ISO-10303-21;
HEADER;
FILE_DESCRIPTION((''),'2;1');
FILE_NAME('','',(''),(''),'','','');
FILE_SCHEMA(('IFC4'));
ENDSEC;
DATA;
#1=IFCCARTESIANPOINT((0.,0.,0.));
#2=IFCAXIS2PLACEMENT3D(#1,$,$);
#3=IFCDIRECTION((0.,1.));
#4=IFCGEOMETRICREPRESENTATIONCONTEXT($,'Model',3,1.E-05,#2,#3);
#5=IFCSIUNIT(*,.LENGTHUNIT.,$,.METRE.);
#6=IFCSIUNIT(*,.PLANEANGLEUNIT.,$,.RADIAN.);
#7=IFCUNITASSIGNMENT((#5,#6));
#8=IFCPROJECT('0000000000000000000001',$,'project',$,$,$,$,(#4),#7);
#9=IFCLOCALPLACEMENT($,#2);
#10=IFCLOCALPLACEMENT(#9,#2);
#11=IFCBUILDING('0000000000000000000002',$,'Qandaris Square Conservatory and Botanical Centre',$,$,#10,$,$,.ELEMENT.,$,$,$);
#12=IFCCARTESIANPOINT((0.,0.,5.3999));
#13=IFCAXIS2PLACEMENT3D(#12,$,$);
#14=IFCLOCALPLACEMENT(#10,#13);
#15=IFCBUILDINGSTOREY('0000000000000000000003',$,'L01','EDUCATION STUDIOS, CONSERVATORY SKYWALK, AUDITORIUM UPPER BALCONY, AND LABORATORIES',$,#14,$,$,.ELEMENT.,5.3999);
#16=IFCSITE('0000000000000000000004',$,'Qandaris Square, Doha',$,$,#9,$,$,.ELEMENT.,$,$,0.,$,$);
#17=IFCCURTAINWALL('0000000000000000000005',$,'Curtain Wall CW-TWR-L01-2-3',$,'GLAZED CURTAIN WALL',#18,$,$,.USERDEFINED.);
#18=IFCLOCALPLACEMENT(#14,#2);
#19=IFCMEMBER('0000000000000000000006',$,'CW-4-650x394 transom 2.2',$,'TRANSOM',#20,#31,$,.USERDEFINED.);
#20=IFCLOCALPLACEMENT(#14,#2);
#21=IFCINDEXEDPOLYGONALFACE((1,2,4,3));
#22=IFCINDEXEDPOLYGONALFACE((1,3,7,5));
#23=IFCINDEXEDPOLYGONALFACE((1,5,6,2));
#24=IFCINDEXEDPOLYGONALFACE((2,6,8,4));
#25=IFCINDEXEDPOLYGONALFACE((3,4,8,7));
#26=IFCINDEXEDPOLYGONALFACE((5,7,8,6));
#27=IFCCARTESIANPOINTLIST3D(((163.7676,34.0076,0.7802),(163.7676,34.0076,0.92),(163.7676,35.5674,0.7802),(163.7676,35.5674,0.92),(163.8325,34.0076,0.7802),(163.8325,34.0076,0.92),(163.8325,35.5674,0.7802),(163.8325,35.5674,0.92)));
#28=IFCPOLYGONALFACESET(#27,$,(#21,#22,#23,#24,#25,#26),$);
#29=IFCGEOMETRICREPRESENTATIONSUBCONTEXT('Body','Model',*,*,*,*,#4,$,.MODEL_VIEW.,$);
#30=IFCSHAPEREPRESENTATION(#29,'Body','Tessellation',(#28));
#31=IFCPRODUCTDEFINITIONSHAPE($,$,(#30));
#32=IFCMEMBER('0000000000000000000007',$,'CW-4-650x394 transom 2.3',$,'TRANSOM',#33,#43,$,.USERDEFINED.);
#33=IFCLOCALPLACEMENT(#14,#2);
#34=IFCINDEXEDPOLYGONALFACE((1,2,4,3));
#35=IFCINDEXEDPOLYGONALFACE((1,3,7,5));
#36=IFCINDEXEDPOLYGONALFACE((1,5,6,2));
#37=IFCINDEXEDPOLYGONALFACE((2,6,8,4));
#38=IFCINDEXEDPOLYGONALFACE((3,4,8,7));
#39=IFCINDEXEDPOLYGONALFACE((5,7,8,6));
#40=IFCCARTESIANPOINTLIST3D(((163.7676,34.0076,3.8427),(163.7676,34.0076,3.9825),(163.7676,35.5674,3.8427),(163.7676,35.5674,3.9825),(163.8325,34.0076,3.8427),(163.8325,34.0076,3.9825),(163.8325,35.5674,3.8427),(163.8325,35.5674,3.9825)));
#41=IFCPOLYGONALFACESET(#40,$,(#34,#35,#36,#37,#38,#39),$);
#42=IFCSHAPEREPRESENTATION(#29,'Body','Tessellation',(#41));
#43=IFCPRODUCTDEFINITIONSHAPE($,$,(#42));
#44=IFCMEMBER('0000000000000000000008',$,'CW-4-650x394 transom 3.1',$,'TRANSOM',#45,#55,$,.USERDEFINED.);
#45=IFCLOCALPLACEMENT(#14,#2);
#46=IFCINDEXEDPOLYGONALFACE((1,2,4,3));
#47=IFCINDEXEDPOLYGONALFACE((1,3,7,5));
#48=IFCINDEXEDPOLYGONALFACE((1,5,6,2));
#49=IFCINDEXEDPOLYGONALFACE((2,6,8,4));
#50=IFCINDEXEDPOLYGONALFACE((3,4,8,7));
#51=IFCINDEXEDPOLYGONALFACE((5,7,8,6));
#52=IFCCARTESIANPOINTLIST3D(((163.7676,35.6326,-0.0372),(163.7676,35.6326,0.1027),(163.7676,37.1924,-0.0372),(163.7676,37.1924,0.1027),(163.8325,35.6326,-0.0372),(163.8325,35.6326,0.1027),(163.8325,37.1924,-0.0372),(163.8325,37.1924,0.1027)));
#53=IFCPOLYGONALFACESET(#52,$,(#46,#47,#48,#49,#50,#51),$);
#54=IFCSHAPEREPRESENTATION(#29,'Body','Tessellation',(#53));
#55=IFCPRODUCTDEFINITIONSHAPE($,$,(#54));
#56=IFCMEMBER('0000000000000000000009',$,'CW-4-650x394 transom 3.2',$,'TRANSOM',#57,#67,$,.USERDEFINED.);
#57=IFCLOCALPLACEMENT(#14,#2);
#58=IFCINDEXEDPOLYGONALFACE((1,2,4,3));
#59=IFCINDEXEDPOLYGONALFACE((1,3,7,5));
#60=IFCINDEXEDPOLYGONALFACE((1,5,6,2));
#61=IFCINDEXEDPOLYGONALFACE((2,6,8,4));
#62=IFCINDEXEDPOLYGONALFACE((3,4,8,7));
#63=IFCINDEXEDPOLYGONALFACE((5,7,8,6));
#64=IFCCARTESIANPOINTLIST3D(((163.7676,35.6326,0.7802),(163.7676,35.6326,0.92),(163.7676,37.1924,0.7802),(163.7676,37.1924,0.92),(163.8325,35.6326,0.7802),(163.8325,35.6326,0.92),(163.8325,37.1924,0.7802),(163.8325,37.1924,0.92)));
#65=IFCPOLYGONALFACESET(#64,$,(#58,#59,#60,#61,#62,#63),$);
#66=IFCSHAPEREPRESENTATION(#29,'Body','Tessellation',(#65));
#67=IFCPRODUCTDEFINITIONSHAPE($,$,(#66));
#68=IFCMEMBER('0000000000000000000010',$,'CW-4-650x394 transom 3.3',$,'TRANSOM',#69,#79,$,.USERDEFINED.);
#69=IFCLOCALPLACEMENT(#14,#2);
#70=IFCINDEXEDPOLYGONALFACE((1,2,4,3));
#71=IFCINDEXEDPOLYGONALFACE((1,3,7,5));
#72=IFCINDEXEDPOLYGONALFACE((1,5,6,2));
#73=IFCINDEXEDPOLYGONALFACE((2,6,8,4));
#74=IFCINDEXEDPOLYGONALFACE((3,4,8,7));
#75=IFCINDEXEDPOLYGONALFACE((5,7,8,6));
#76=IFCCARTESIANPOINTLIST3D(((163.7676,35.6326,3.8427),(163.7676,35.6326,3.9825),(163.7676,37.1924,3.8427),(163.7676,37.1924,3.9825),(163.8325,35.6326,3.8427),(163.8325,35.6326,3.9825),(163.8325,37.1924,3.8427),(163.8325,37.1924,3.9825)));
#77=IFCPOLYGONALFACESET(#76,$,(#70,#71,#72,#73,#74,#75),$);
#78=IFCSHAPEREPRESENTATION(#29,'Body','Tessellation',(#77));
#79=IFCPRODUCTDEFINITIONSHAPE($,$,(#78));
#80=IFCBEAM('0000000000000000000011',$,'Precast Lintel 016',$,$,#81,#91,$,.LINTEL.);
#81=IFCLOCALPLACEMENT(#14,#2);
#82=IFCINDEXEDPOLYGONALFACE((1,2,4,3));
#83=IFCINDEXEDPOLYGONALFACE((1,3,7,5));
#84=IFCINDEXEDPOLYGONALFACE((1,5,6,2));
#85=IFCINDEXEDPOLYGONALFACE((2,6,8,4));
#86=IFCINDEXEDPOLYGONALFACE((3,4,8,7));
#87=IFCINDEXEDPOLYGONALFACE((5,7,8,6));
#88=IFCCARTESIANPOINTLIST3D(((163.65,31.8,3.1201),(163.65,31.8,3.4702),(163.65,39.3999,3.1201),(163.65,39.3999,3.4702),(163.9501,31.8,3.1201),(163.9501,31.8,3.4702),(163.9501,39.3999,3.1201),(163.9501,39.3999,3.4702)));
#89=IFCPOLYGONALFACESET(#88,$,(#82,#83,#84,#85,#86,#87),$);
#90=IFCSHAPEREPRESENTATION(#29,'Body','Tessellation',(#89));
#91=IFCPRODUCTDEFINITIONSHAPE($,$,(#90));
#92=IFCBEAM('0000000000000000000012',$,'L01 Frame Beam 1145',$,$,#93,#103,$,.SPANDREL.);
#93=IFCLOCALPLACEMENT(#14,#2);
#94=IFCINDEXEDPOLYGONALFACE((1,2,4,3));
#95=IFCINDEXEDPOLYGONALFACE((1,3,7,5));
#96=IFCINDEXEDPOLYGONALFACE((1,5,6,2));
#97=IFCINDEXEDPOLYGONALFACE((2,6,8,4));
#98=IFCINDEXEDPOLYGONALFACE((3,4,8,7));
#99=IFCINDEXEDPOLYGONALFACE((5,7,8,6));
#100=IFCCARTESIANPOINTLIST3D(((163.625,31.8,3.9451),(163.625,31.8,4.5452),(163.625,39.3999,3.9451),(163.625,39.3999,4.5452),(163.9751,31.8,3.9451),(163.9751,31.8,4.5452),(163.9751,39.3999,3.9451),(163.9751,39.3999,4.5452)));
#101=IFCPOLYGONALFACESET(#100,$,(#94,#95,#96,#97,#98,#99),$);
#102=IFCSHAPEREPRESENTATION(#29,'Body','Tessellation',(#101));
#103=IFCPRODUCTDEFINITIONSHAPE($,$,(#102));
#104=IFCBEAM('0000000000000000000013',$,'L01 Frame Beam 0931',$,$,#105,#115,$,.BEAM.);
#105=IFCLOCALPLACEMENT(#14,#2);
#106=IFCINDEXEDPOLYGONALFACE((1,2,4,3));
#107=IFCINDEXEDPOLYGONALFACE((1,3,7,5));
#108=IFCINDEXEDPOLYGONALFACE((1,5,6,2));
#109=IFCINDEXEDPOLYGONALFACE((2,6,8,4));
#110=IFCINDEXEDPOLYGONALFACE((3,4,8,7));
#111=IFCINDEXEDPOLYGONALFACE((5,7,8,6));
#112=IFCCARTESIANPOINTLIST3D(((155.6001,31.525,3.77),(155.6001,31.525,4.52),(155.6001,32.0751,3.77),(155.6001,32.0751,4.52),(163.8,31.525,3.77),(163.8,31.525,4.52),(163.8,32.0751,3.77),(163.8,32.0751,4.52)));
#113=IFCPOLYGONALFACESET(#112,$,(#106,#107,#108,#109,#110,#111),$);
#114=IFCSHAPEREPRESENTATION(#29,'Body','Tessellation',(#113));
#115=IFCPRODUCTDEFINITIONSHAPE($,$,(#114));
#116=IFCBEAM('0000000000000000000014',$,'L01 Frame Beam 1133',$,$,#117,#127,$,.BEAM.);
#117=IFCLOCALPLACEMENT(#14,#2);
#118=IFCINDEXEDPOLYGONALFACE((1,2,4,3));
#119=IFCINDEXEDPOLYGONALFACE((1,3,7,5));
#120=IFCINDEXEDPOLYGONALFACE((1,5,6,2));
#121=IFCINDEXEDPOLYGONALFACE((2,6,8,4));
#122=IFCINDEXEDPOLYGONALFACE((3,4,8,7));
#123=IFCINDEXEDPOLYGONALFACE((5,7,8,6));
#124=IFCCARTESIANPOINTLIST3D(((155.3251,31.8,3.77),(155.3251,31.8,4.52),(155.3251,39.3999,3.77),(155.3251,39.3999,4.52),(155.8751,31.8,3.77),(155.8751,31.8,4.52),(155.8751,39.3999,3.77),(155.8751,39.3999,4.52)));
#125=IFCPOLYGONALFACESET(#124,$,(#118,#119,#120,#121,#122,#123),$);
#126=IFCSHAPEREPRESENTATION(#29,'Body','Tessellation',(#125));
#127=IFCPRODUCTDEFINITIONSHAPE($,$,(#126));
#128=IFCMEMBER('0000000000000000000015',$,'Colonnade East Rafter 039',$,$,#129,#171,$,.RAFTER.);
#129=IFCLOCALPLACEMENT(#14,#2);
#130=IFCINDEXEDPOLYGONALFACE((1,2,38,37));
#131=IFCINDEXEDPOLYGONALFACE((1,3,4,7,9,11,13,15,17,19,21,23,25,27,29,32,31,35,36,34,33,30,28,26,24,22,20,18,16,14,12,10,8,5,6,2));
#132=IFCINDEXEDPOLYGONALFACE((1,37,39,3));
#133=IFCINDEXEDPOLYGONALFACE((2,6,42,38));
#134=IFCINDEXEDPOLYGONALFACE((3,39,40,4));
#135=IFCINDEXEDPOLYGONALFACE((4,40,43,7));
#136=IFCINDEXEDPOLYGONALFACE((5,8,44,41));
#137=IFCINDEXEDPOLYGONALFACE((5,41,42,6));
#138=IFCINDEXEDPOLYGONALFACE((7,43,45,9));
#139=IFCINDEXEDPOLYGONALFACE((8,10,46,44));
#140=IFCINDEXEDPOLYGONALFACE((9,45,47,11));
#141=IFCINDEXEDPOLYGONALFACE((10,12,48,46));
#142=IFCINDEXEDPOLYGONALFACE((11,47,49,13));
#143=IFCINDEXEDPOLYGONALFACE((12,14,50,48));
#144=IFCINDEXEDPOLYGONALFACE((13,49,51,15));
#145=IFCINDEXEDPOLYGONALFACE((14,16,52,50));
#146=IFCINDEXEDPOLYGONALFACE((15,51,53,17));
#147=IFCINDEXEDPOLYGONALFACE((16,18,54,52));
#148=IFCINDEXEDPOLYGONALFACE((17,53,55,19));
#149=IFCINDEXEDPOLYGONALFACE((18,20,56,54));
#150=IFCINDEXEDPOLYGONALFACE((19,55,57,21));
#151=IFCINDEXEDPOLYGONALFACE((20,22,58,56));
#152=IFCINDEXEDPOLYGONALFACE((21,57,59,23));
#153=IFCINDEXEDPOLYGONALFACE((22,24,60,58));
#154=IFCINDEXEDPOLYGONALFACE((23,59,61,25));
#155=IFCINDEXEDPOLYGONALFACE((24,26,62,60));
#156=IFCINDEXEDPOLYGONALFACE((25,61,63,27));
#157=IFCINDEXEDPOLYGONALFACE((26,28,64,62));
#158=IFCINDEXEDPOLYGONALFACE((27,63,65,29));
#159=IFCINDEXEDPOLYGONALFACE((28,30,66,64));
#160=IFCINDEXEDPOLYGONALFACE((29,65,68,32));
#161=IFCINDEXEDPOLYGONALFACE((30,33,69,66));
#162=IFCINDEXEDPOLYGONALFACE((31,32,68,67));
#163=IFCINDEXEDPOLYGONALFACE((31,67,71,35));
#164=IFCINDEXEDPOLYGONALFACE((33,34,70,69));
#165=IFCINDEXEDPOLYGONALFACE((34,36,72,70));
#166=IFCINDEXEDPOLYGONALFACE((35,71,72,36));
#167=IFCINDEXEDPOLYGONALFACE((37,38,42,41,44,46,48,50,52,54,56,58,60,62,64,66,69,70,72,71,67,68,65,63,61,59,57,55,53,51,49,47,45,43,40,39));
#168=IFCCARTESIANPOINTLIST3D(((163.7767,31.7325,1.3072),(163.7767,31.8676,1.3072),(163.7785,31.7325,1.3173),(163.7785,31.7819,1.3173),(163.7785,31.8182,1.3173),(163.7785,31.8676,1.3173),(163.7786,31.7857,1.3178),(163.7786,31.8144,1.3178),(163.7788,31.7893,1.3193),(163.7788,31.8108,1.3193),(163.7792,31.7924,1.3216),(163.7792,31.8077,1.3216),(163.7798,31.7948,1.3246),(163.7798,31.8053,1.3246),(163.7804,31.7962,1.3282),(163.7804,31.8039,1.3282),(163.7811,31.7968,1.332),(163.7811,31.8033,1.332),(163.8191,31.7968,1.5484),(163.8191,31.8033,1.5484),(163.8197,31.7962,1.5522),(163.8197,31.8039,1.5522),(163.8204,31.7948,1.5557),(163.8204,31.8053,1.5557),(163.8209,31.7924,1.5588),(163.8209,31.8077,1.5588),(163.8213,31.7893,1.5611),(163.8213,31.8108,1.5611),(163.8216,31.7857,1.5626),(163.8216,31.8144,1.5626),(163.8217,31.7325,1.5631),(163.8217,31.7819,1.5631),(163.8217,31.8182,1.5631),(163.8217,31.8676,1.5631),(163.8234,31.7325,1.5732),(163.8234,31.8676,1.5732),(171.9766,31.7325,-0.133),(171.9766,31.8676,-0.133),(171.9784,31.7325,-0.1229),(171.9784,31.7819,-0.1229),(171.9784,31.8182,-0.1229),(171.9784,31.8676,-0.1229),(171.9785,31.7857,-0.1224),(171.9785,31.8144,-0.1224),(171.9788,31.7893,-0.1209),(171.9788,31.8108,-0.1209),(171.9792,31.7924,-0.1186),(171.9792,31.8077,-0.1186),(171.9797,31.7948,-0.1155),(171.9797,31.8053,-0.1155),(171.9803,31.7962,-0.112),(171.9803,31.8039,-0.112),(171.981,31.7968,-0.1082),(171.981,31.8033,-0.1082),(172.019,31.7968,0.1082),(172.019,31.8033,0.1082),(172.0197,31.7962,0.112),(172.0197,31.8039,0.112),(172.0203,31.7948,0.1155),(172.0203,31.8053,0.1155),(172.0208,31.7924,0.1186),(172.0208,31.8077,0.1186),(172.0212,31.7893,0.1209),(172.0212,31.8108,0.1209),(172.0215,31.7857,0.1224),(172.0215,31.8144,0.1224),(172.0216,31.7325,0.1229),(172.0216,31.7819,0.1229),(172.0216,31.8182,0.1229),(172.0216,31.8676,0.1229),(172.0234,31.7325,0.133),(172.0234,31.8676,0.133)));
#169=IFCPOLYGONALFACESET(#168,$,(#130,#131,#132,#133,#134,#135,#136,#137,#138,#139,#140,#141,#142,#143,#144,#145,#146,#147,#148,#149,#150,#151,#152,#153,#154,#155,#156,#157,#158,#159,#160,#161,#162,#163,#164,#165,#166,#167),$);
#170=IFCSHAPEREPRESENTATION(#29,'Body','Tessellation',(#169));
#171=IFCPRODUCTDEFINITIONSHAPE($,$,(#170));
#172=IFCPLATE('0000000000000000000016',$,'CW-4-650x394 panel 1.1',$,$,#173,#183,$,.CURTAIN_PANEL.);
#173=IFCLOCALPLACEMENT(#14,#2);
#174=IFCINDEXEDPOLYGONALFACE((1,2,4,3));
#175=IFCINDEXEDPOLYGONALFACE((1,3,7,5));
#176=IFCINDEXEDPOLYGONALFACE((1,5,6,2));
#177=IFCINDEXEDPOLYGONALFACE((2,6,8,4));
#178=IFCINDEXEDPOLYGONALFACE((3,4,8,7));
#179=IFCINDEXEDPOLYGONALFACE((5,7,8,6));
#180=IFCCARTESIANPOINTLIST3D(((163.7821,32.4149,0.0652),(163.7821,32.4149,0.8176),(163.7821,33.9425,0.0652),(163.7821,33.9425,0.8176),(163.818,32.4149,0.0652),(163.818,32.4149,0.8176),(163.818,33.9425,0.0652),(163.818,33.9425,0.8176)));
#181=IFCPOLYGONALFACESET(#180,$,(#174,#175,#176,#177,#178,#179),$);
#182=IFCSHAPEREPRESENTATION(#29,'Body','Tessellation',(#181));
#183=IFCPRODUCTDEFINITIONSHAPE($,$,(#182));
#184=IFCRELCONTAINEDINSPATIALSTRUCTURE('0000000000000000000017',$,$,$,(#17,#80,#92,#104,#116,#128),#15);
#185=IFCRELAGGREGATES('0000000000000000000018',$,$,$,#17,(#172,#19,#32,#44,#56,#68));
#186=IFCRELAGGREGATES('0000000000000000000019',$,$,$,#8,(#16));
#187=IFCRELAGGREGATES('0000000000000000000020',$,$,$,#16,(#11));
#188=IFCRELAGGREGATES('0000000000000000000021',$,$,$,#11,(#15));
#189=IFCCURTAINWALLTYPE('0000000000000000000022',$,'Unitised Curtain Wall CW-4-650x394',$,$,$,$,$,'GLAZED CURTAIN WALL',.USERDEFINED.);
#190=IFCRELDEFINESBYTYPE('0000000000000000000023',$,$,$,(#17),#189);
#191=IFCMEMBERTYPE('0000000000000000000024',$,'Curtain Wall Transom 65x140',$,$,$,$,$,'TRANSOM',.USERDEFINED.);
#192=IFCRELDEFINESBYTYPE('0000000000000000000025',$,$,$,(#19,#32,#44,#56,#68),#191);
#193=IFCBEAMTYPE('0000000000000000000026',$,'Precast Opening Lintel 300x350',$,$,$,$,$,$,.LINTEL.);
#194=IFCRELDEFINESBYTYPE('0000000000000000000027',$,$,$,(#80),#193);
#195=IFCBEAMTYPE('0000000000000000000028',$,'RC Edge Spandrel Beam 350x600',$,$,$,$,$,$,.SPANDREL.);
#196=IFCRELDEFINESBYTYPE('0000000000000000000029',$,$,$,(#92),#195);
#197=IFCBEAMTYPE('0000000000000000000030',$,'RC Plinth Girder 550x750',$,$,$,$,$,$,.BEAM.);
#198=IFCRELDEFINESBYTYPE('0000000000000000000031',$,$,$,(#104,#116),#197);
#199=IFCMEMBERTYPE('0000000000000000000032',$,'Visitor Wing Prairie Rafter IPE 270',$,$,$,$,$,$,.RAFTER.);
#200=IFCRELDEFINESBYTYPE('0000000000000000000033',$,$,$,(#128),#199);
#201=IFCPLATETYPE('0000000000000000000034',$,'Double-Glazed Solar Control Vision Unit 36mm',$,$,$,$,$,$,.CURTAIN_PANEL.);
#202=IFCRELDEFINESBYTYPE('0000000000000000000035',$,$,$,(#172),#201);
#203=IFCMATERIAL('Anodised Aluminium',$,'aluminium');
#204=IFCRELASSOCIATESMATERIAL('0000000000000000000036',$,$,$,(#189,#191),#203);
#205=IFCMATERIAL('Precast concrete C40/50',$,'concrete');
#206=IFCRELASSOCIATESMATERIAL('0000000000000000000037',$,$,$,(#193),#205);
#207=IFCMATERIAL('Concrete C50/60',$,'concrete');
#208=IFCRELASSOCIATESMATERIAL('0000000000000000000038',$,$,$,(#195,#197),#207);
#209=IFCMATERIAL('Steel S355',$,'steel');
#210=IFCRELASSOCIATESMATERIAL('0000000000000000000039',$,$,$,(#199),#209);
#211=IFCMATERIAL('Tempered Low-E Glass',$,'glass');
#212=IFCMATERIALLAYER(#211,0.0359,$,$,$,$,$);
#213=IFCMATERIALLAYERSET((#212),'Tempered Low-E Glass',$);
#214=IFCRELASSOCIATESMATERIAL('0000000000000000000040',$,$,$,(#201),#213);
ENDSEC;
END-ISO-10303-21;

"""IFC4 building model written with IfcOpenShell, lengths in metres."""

from ifc_helpers import new_model, si_unit, direction, frame, origin, origin_2d, place, context, subcontext, project, spatial, rectangle, i_section, extrude, material, layer, layer_set, material_profile, profile_set, type_object, element, aggregate, save


model = new_model("IFC4")

# Units and contexts
model_context = context("Model", 3, precision=1e-05, world=origin(), true_north=direction((0.0, 1.0)))
body_context = subcontext(model_context, "Body", "Model", "MODEL_VIEW")
ifc_project = project(units=[si_unit("LENGTHUNIT", "METRE"), si_unit("PLANEANGLEUNIT", "RADIAN")], contexts=[model_context])

# Site, building, storey
site_placement = place(None, origin())
site = spatial("IfcSite", under=ifc_project, at=site_placement, Name="Qandaris Square, Doha", CompositionType="ELEMENT", RefElevation=0.0)
building_placement = place(site_placement, origin())
building = spatial("IfcBuilding", under=site, at=building_placement, Name="Qandaris Square Conservatory and Botanical Centre", CompositionType="ELEMENT")
storey_placement = place(building_placement, frame((0.0, 0.0, 5.3999)))
storey = spatial("IfcBuildingStorey", under=building, at=storey_placement, Name="L01", Description="EDUCATION STUDIOS, CONSERVATORY SKYWALK, AUDITORIUM UPPER BALCONY, AND LABORATORIES", CompositionType="ELEMENT", Elevation=5.3999)

# Shared definitions
ifc_material_1 = material(Name="Concrete C50/60", Category="concrete")

# Shared definitions
ifc_material_2 = material(Name="Steel S355", Category="steel")

# Curtain wall, members
ifc_material_3 = material(Name="Anodised Aluminium", Category="aluminium")
curtain_wall_type = type_object("IfcCurtainWallType", Name="Unitised Curtain Wall CW-4-650x394", ElementType="GLAZED CURTAIN WALL", PredefinedType="USERDEFINED", material=ifc_material_3)
curtain_wall_placement = place(storey_placement, origin())
curtain_wall = element("IfcCurtainWall", 1, at=curtain_wall_placement, inside=storey, type_object=curtain_wall_type, Name="Curtain Wall CW-TWR-L01-2-3", ObjectType="GLAZED CURTAIN WALL", PredefinedType="USERDEFINED")
ifc_material_profile_1 = material_profile(ifc_material_3, rectangle(XDim=0.0649, YDim=0.1399, at=origin_2d()), Name="ALU-TRN 65x140")
ifc_profile_set_1 = profile_set([ifc_material_profile_1], Name="Anodised Aluminium")
member_type_1 = type_object("IfcMemberType", Name="Curtain Wall Transom 65x140", ElementType="TRANSOM", PredefinedType="USERDEFINED", material=ifc_profile_set_1)
member_1_placement = place(storey_placement, frame((163.8, 34.0076, 0.8501), z_axis=(0.0, 1.0, 0.0), x_axis=(-1.0, 0.0, 0.0)))
member_1 = element("IfcMember", 2, at=member_1_placement, type_object=member_type_1, Name="CW-4-650x394 transom 2.2", ObjectType="TRANSOM", PredefinedType="USERDEFINED", context=body_context, shape_type="SweptSolid", body=[
    extrude(rectangle(XDim=0.0649, YDim=0.1399, at=origin_2d()), origin(), (0.0, 0.0, 1.0), 1.5598),
])
member_2_placement = place(storey_placement, frame((163.8, 34.0076, 3.9126), z_axis=(0.0, 1.0, 0.0), x_axis=(-1.0, 0.0, 0.0)))
member_2 = element("IfcMember", 3, at=member_2_placement, type_object=member_type_1, Name="CW-4-650x394 transom 2.3", ObjectType="TRANSOM", PredefinedType="USERDEFINED", context=body_context, shape_type="SweptSolid", body=[
    extrude(rectangle(XDim=0.0649, YDim=0.1399, at=origin_2d()), origin(), (0.0, 0.0, 1.0), 1.5598),
])
member_3_placement = place(storey_placement, frame((163.8, 35.6326, 0.0327), z_axis=(0.0, 1.0, 0.0), x_axis=(-1.0, 0.0, 0.0)))
member_3 = element("IfcMember", 4, at=member_3_placement, type_object=member_type_1, Name="CW-4-650x394 transom 3.1", ObjectType="TRANSOM", PredefinedType="USERDEFINED", context=body_context, shape_type="SweptSolid", body=[
    extrude(rectangle(XDim=0.0649, YDim=0.1399, at=origin_2d()), origin(), (0.0, 0.0, 1.0), 1.5598),
])
member_4_placement = place(storey_placement, frame((163.8, 35.6326, 0.8501), z_axis=(0.0, 1.0, 0.0), x_axis=(-1.0, 0.0, 0.0)))
member_4 = element("IfcMember", 5, at=member_4_placement, type_object=member_type_1, Name="CW-4-650x394 transom 3.2", ObjectType="TRANSOM", PredefinedType="USERDEFINED", context=body_context, shape_type="SweptSolid", body=[
    extrude(rectangle(XDim=0.0649, YDim=0.1399, at=origin_2d()), origin(), (0.0, 0.0, 1.0), 1.5598),
])
member_5_placement = place(storey_placement, frame((163.8, 35.6326, 3.9126), z_axis=(0.0, 1.0, 0.0), x_axis=(-1.0, 0.0, 0.0)))
member_5 = element("IfcMember", 6, at=member_5_placement, type_object=member_type_1, Name="CW-4-650x394 transom 3.3", ObjectType="TRANSOM", PredefinedType="USERDEFINED", context=body_context, shape_type="SweptSolid", body=[
    extrude(rectangle(XDim=0.0649, YDim=0.1399, at=origin_2d()), origin(), (0.0, 0.0, 1.0), 1.5598),
])

# Beams
ifc_material_4 = material(Name="Precast concrete C40/50", Category="concrete")
ifc_material_profile_2 = material_profile(ifc_material_4, rectangle(XDim=0.3, YDim=0.3501, at=origin_2d()), Name="RC-LN 300x350")
ifc_profile_set_2 = profile_set([ifc_material_profile_2], Name="Precast concrete C40/50")
beam_type_1 = type_object("IfcBeamType", Name="Precast Opening Lintel 300x350", PredefinedType="LINTEL", material=ifc_profile_set_2)
beam_1_placement = place(storey_placement, frame((163.8, 31.8, 3.2952), z_axis=(0.0, 1.0, 0.0), x_axis=(-1.0, 0.0, 0.0)))
element("IfcBeam", 7, at=beam_1_placement, inside=storey, type_object=beam_type_1, Name="Precast Lintel 016", PredefinedType="LINTEL", context=body_context, shape_type="SweptSolid", body=[
    extrude(rectangle(XDim=0.3, YDim=0.3501, at=origin_2d()), origin(), (0.0, 0.0, 1.0), 7.5999),
])
ifc_material_profile_3 = material_profile(ifc_material_1, rectangle(XDim=0.3501, YDim=0.6001, at=origin_2d()), Name="RC-SP 350x600")
ifc_profile_set_3 = profile_set([ifc_material_profile_3], Name="Concrete C50/60")
beam_type_2 = type_object("IfcBeamType", Name="RC Edge Spandrel Beam 350x600", PredefinedType="SPANDREL", material=ifc_profile_set_3)
beam_2_placement = place(storey_placement, frame((163.8, 31.8, 4.2451), z_axis=(0.0, 1.0, 0.0), x_axis=(-1.0, 0.0, 0.0)))
element("IfcBeam", 8, at=beam_2_placement, inside=storey, type_object=beam_type_2, Name="L01 Frame Beam 1145", PredefinedType="SPANDREL", context=body_context, shape_type="SweptSolid", body=[
    extrude(rectangle(XDim=0.3501, YDim=0.6001, at=origin_2d()), origin(), (0.0, 0.0, 1.0), 7.5999),
])
ifc_material_profile_4 = material_profile(ifc_material_1, rectangle(XDim=0.55, YDim=0.75, at=origin_2d()), Name="RC-BM 550x750")
ifc_profile_set_4 = profile_set([ifc_material_profile_4], Name="Concrete C50/60")
beam_type_3 = type_object("IfcBeamType", Name="RC Plinth Girder 550x750", PredefinedType="BEAM", material=ifc_profile_set_4)
beam_3_placement = place(storey_placement, frame((155.6001, 31.8, 4.145), z_axis=(1.0, 0.0, 0.0), x_axis=(0.0, 1.0, 0.0)))
element("IfcBeam", 9, at=beam_3_placement, inside=storey, type_object=beam_type_3, Name="L01 Frame Beam 0931", PredefinedType="BEAM", context=body_context, shape_type="SweptSolid", body=[
    extrude(rectangle(XDim=0.55, YDim=0.75, at=origin_2d()), origin(), (0.0, 0.0, 1.0), 8.2),
])
beam_4_placement = place(storey_placement, frame((155.6001, 31.8, 4.145), z_axis=(0.0, 1.0, 0.0), x_axis=(-1.0, 0.0, 0.0)))
element("IfcBeam", 10, at=beam_4_placement, inside=storey, type_object=beam_type_3, Name="L01 Frame Beam 1133", PredefinedType="BEAM", context=body_context, shape_type="SweptSolid", body=[
    extrude(rectangle(XDim=0.55, YDim=0.75, at=origin_2d()), origin(), (0.0, 0.0, 1.0), 7.5999),
])

# Member
ifc_material_profile_5 = material_profile(ifc_material_2, i_section(OverallWidth=0.135, OverallDepth=0.27, WebThickness=0.0066, FlangeThickness=0.0103, FilletRadius=0.0149, at=origin_2d()), Name="IPE 270")
ifc_profile_set_5 = profile_set([ifc_material_profile_5], Name="Steel S355")
member_type_2 = type_object("IfcMemberType", Name="Visitor Wing Prairie Rafter IPE 270", PredefinedType="RAFTER", material=ifc_profile_set_5)
member_6_placement = place(storey_placement, frame((172.0, 31.8, 0.0), z_axis=(-0.984924, 0.0, 0.172986), x_axis=(0.0, -1.0, 0.0)))
element("IfcMember", 11, at=member_6_placement, inside=storey, type_object=member_type_2, Name="Colonnade East Rafter 039", PredefinedType="RAFTER", context=body_context, shape_type="SweptSolid", body=[
    extrude(i_section(OverallWidth=0.135, OverallDepth=0.27, WebThickness=0.0066, FlangeThickness=0.0103, FilletRadius=0.0149, at=origin_2d()), origin(), (0.0, 0.0, 1.0), 8.3254),
])

# Plate
ifc_material_5 = material(Name="Tempered Low-E Glass", Category="glass")
ifc_layer_1 = layer(ifc_material_5, 0.0359)
ifc_layer_set_1 = layer_set([ifc_layer_1], Name="Tempered Low-E Glass")
plate_type_1 = type_object("IfcPlateType", Name="Double-Glazed Solar Control Vision Unit 36mm", PredefinedType="CURTAIN_PANEL", material=ifc_layer_set_1)
plate_1_placement = place(storey_placement, frame((163.8, 33.1787, 0.0652), z_axis=(0.0, 0.0, 1.0), x_axis=(0.0, 1.0, 0.0)))
plate_1 = element("IfcPlate", 12, at=plate_1_placement, type_object=plate_type_1, Name="CW-4-650x394 panel 1.1", PredefinedType="CURTAIN_PANEL", context=body_context, shape_type="SweptSolid", body=[
    extrude(rectangle(XDim=1.5276, YDim=0.0359, at=origin_2d()), origin(), (0.0, 0.0, 1.0), 0.7524),
])
aggregate(curtain_wall, [plate_1, member_1, member_2, member_3, member_4, member_5])

save(model, "model.ifc")
